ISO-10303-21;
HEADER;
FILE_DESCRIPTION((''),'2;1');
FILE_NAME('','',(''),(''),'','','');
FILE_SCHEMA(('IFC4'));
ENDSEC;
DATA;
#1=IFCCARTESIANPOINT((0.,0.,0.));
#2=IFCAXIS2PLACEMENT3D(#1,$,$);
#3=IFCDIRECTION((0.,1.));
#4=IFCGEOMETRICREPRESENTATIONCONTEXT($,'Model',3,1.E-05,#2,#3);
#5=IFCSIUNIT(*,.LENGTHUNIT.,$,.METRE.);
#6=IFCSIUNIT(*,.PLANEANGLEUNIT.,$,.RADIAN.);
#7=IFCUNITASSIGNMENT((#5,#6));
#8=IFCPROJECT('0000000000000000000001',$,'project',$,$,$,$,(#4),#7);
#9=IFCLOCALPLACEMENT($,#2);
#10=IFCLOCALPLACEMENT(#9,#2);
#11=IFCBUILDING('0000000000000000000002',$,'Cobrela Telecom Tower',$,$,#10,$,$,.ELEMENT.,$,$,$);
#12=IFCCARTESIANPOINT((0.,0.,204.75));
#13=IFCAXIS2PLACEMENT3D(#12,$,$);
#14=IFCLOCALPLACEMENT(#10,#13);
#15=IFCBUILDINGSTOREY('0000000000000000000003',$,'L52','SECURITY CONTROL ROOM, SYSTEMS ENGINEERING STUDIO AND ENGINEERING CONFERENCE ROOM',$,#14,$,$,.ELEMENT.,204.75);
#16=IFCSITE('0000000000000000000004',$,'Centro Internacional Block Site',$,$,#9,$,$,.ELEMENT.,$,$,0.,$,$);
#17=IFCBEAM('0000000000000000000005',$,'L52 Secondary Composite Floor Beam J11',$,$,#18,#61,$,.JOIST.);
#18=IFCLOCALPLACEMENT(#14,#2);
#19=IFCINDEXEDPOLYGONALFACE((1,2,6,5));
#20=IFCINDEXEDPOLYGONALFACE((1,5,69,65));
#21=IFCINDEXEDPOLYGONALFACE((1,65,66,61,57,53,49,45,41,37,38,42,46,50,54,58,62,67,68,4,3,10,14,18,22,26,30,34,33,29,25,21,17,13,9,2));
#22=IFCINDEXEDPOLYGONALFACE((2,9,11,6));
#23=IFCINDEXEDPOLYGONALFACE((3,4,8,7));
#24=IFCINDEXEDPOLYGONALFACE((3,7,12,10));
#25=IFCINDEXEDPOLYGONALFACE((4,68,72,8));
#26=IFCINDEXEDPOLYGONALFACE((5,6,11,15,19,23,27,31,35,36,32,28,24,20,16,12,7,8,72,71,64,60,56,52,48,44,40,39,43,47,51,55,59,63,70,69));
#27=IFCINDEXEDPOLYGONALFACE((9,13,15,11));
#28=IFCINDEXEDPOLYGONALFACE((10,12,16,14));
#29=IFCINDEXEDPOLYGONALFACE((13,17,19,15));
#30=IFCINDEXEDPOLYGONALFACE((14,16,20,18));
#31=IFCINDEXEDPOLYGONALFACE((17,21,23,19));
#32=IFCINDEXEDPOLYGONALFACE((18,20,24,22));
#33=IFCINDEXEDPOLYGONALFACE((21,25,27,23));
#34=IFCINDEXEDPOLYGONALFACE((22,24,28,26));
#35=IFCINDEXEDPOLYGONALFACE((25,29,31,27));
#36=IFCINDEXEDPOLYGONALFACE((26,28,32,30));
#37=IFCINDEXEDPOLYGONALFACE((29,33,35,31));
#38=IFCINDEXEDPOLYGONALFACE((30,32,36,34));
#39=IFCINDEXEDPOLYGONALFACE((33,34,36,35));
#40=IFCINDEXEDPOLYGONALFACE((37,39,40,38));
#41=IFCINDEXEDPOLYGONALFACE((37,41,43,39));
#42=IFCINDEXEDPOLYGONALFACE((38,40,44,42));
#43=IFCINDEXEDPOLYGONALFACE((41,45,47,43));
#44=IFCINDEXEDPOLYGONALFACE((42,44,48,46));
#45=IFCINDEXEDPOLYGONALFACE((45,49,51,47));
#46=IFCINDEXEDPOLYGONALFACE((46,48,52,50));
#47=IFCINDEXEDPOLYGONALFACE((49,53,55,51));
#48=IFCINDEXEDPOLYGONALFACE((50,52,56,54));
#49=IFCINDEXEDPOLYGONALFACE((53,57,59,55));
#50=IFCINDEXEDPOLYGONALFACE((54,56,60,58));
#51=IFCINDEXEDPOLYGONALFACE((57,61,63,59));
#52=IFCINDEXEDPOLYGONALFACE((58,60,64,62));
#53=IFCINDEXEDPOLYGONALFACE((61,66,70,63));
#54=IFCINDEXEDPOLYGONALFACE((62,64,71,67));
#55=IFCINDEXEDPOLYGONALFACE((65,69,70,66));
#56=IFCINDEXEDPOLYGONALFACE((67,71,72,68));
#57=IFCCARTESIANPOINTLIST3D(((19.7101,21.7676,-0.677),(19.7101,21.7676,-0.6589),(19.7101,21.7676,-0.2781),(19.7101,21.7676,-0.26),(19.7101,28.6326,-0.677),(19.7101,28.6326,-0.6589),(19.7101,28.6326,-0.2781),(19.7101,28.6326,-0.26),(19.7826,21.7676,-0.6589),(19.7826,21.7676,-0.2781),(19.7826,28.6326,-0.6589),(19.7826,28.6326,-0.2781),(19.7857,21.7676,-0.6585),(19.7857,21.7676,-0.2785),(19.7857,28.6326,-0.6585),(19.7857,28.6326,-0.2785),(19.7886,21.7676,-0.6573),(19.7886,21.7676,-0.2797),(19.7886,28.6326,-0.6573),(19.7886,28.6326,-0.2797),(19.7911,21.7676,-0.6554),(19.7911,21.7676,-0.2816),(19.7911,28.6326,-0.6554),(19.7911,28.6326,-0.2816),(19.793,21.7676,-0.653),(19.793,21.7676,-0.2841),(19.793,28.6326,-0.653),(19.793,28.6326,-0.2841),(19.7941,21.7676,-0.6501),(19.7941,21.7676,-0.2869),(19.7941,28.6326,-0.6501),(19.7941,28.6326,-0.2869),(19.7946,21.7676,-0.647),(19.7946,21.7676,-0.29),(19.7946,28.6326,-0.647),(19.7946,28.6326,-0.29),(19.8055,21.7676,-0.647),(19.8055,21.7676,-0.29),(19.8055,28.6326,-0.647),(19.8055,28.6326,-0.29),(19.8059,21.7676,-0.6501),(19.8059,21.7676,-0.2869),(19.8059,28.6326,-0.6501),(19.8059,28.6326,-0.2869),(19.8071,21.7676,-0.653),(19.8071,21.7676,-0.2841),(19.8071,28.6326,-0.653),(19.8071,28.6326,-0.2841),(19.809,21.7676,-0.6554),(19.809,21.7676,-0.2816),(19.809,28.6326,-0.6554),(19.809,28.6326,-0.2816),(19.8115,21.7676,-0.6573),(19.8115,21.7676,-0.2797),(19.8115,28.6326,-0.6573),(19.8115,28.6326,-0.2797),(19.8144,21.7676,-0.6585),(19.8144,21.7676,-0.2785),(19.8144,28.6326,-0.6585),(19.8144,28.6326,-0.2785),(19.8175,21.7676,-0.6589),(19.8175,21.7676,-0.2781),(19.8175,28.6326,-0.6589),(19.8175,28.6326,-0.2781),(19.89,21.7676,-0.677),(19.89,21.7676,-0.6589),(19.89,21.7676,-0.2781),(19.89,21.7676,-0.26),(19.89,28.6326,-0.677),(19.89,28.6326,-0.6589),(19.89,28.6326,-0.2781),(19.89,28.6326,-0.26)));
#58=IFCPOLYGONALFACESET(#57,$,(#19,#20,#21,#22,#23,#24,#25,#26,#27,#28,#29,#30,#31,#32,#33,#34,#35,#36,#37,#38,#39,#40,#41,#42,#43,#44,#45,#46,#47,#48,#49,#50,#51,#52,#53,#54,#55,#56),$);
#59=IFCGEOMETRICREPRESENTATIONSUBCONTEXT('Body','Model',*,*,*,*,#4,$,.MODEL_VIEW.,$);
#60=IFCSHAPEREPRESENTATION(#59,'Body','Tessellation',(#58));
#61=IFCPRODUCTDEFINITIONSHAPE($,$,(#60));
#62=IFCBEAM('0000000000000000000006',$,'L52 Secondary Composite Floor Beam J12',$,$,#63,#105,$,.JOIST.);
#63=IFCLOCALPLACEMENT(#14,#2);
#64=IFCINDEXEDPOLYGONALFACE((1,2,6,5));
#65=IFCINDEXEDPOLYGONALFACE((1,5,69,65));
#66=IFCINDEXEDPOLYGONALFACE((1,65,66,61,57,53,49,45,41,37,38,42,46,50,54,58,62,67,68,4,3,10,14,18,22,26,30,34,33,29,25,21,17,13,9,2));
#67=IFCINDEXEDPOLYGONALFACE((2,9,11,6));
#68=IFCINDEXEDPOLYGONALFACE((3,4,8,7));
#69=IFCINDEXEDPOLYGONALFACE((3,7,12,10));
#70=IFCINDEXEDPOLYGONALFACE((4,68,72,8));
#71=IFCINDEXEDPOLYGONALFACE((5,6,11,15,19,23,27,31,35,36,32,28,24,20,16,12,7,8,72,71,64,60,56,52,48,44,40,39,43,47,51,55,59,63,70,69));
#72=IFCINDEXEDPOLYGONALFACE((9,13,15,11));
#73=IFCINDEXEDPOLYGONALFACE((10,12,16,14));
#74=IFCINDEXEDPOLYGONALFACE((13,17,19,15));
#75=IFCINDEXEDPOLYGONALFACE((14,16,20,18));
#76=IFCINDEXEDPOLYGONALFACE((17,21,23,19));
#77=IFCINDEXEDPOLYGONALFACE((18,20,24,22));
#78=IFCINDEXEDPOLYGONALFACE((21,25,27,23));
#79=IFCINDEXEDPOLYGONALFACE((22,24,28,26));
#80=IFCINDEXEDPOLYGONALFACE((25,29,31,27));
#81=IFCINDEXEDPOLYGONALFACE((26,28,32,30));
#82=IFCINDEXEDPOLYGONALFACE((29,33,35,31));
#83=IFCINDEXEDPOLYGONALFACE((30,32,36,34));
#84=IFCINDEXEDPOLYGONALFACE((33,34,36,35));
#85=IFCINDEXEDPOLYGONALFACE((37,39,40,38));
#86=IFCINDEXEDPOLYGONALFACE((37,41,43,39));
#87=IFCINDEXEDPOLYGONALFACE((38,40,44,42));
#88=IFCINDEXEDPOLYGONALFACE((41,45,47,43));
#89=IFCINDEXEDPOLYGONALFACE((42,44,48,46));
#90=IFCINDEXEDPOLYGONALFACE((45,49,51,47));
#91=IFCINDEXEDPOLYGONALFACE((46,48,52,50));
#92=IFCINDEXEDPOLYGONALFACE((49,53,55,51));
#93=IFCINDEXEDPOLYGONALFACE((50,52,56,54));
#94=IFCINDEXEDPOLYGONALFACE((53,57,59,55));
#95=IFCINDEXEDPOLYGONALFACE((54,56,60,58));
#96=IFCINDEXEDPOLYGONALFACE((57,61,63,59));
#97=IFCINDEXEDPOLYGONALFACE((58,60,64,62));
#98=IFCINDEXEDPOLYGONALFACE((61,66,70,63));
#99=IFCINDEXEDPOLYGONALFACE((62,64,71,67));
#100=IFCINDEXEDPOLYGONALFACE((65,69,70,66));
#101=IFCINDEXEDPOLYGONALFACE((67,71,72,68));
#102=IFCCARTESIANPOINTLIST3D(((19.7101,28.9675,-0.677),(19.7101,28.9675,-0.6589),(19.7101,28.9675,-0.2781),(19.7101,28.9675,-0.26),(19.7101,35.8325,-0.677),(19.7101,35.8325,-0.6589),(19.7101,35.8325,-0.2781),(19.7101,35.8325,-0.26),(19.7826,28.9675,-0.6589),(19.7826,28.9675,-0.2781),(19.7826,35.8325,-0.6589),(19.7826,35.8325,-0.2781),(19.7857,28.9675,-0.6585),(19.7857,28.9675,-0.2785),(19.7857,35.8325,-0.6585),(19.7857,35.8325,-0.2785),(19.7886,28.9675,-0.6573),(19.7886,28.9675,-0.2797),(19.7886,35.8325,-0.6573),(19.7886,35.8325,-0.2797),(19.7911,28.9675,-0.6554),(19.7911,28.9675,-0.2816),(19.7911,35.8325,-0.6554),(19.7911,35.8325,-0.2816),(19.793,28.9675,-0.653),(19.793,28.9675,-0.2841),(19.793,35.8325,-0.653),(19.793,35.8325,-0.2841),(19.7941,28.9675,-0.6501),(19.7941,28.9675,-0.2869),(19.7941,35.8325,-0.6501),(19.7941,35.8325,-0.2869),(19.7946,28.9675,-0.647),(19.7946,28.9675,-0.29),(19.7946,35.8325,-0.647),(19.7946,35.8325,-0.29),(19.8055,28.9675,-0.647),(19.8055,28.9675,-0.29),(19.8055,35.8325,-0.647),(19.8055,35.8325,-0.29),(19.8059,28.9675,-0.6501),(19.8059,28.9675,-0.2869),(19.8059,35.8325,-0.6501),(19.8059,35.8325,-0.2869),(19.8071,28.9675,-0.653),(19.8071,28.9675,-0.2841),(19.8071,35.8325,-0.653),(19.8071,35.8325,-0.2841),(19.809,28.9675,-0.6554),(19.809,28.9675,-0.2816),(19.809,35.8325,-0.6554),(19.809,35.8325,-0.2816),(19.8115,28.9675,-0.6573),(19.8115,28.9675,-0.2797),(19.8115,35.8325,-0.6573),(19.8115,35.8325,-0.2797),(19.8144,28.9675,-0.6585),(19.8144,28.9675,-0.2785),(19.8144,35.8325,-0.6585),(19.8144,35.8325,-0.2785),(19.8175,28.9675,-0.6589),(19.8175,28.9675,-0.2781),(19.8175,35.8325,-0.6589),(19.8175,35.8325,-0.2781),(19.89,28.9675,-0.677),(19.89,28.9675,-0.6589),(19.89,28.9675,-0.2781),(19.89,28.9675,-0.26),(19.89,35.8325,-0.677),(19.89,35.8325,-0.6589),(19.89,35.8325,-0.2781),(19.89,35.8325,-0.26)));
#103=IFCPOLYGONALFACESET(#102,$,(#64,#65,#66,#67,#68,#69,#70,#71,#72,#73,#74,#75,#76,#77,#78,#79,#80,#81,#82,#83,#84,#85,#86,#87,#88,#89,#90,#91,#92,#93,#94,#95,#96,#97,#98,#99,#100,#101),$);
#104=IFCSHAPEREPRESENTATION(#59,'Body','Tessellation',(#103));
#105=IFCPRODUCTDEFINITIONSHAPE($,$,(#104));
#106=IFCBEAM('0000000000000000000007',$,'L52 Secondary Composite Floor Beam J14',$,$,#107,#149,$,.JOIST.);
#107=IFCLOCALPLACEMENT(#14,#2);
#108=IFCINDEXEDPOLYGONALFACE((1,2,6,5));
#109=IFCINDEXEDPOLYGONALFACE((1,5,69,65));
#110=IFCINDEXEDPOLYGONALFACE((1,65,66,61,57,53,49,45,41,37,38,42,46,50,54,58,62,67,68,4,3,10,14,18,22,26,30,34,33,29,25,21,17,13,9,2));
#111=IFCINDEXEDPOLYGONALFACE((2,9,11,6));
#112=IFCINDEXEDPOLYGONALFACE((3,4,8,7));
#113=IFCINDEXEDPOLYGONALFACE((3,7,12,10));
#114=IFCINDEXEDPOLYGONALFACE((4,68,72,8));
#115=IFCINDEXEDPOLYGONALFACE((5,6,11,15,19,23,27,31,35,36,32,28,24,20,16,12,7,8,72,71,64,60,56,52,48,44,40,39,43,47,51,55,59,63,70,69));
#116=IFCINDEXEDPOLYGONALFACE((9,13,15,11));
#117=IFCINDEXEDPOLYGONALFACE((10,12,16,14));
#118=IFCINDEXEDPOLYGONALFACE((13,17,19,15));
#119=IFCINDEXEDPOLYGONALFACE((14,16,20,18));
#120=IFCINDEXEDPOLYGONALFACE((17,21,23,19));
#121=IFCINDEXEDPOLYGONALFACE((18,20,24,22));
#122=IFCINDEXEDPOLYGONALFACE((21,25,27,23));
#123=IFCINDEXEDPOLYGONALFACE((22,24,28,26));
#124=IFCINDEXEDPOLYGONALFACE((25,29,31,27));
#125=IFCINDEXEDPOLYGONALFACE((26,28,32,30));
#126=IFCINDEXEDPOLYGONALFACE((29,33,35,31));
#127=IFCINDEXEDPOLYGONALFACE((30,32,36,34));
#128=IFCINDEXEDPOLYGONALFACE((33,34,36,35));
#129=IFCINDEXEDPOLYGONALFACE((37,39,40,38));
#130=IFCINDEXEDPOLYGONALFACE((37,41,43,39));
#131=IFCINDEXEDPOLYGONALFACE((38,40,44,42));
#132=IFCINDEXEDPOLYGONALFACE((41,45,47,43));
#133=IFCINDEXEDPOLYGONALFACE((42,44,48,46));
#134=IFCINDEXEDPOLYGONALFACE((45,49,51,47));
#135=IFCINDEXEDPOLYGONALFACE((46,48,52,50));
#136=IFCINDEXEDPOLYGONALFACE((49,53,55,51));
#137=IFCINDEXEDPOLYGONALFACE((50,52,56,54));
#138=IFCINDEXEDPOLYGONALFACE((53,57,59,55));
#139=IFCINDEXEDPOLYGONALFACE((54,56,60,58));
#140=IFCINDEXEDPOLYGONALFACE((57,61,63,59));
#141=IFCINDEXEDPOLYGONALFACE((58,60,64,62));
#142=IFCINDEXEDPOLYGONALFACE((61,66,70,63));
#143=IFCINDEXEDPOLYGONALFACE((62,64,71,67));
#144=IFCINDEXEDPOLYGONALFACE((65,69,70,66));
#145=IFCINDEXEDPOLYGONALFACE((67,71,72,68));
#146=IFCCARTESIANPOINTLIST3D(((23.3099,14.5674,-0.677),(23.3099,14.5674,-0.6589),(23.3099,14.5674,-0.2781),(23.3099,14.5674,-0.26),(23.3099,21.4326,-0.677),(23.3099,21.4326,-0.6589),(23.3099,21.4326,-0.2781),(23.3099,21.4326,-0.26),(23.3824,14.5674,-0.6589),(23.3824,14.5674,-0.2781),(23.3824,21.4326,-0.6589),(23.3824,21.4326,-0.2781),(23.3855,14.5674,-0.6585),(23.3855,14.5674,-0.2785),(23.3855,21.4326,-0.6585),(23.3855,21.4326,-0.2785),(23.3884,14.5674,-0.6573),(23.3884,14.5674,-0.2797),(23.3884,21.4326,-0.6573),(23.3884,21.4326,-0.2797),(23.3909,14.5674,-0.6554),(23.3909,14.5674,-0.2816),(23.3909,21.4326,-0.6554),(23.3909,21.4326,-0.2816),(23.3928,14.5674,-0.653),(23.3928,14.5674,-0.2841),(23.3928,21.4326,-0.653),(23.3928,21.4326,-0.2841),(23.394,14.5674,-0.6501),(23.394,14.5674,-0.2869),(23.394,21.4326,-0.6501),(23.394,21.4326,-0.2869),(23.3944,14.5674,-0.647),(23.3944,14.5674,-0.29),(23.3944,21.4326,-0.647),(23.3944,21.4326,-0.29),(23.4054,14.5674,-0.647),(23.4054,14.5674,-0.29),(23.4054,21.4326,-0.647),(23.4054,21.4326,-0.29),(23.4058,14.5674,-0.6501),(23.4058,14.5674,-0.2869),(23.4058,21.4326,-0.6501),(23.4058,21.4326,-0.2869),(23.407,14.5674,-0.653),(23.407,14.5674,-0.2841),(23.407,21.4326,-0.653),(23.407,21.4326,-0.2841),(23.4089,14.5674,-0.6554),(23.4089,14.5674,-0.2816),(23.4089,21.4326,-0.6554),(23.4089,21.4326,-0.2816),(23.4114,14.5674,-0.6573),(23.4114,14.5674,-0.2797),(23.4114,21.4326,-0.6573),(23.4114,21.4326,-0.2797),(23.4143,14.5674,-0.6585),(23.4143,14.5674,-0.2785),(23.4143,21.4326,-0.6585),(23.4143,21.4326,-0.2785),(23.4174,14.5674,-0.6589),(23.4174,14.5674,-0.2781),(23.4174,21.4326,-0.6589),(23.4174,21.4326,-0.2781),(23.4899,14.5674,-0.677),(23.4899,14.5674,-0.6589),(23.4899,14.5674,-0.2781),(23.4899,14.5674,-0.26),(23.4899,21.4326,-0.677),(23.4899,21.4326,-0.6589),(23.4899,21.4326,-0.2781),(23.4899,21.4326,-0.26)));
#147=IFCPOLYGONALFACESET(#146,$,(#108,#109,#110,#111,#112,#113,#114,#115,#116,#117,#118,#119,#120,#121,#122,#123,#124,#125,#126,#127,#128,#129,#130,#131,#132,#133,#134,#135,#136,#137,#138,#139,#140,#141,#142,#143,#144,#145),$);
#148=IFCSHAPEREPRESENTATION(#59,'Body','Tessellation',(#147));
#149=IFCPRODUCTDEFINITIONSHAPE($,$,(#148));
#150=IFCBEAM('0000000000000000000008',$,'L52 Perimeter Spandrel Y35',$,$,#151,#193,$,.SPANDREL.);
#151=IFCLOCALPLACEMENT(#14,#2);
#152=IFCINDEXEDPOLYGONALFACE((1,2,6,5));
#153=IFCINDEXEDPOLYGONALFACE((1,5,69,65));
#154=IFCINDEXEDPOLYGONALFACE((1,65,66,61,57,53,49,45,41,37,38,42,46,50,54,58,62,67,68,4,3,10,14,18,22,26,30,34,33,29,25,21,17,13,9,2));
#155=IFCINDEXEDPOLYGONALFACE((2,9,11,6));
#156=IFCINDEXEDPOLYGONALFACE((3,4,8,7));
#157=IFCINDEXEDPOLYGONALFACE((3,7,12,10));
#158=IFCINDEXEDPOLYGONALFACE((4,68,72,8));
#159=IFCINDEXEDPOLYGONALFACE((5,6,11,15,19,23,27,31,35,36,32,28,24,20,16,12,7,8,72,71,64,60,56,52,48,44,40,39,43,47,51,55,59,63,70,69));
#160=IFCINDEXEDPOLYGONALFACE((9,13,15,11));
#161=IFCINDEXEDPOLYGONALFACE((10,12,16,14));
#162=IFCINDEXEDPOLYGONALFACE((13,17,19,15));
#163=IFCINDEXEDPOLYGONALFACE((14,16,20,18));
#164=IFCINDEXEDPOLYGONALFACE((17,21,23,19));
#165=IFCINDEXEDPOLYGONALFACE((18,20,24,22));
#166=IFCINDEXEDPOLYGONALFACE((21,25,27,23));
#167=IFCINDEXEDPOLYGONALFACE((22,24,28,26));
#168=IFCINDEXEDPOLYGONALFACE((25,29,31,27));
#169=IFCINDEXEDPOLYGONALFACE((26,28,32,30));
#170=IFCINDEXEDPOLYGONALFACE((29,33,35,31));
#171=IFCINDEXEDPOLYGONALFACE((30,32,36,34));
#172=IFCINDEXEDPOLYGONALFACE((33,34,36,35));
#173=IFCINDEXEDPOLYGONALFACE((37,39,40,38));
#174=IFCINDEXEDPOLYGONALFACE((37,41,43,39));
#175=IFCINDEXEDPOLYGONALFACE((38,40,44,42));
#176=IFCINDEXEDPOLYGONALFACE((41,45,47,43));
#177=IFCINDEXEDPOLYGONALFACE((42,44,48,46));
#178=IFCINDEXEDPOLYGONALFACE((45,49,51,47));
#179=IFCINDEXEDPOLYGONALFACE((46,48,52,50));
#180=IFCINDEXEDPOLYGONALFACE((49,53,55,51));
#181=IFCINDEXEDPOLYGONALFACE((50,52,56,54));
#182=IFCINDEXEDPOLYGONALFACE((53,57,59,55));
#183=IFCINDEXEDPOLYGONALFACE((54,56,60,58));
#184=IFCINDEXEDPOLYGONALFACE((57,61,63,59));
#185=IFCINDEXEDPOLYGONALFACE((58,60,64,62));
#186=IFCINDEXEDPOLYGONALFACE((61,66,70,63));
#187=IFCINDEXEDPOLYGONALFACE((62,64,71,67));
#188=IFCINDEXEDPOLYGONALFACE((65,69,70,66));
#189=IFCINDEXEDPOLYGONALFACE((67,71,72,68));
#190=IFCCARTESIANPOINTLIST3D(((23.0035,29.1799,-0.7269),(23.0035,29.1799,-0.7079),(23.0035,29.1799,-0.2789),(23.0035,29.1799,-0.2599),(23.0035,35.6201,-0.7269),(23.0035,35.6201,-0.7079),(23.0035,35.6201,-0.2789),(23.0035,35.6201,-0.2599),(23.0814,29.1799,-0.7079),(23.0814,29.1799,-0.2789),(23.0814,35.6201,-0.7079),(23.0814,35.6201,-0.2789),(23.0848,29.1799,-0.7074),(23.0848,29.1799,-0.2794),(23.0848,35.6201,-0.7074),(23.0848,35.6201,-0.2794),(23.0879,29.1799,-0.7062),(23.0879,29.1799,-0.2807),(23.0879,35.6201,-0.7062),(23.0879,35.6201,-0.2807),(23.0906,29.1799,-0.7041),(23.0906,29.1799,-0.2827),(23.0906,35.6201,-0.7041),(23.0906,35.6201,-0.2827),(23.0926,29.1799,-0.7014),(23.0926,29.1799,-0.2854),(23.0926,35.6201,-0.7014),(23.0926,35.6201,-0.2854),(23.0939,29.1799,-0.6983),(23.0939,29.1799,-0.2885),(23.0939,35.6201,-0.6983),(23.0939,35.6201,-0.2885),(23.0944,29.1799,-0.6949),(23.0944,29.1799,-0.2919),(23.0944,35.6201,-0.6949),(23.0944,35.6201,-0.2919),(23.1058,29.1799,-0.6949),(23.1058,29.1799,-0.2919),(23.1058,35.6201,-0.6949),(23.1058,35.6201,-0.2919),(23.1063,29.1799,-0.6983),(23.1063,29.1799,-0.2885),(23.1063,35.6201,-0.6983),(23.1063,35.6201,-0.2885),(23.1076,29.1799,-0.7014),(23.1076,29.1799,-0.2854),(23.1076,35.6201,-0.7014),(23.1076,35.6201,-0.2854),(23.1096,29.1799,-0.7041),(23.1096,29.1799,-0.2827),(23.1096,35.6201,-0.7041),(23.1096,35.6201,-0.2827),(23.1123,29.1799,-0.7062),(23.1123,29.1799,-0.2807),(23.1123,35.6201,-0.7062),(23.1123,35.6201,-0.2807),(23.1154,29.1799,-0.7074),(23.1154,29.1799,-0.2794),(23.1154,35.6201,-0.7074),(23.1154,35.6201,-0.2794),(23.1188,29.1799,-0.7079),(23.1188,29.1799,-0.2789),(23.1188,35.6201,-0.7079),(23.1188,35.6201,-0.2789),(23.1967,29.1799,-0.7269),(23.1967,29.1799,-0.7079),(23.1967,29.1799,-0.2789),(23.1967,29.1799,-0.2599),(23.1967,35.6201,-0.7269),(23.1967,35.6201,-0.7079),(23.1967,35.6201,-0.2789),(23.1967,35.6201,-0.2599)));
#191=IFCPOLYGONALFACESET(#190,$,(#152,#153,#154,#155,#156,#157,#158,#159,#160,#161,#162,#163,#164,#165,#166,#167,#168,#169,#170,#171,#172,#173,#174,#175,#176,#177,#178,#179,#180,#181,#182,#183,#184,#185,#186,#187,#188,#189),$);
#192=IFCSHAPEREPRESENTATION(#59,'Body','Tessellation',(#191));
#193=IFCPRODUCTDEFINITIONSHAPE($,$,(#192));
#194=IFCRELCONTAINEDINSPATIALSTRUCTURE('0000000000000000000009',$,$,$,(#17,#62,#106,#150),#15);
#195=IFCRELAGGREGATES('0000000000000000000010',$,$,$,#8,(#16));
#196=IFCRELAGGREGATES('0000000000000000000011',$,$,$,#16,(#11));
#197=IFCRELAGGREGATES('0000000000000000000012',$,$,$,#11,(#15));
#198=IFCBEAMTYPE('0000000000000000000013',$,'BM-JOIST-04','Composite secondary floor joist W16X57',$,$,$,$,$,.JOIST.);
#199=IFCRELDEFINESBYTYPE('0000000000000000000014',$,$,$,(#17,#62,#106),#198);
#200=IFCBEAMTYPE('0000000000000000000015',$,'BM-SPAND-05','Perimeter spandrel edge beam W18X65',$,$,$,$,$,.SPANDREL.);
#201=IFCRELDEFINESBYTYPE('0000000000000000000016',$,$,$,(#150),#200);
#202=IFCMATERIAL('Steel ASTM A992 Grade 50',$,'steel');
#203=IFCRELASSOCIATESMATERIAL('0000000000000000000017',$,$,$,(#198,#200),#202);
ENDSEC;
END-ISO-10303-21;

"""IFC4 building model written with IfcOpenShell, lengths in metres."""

from ifc_helpers import new_model, si_unit, direction, frame, origin, origin_2d, place, context, subcontext, project, spatial, i_section, extrude, material, material_profile, profile_set, type_object, element, save


model = new_model("IFC4")

# Units and contexts
model_context = context("Model", 3, precision=1e-05, world=origin(), true_north=direction((0.0, 1.0)))
body_context = subcontext(model_context, "Body", "Model", "MODEL_VIEW")
ifc_project = project(units=[si_unit("LENGTHUNIT", "METRE"), si_unit("PLANEANGLEUNIT", "RADIAN")], contexts=[model_context])

# Site, building, storey
site_placement = place(None, origin())
site = spatial("IfcSite", under=ifc_project, at=site_placement, Name="Centro Internacional Block Site", CompositionType="ELEMENT", RefElevation=0.0)
building_placement = place(site_placement, origin())
building = spatial("IfcBuilding", under=site, at=building_placement, Name="Cobrela Telecom Tower", CompositionType="ELEMENT")
storey_placement = place(building_placement, frame((0.0, 0.0, 204.75)))
storey = spatial("IfcBuildingStorey", under=building, at=storey_placement, Name="L52", Description="SECURITY CONTROL ROOM, SYSTEMS ENGINEERING STUDIO AND ENGINEERING CONFERENCE ROOM", CompositionType="ELEMENT", Elevation=204.75)

# Shared definitions
ifc_material_1 = material(Name="Steel ASTM A992 Grade 50", Category="steel")

# Beams
ifc_material_profile_1 = material_profile(ifc_material_1, i_section(OverallWidth=0.1799, OverallDepth=0.417, WebThickness=0.011, FlangeThickness=0.0181, FilletRadius=0.012, at=origin_2d()), Name="W16X57")
ifc_profile_set_1 = profile_set([ifc_material_profile_1], Name="Steel ASTM A992 Grade 50")
beam_type_1 = type_object("IfcBeamType", Name="BM-JOIST-04", Description="Composite secondary floor joist W16X57", PredefinedType="JOIST", material=ifc_profile_set_1)
for number, where, z_axis, x_axis, name in (
    (1, (19.8, 21.7676, -0.4685), (0.0, 1.0, 0.0), (-1.0, 0.0, 0.0), "L52 Secondary Composite Floor Beam J11"),
    (2, (19.8, 28.9675, -0.4685), (0.0, 1.0, 0.0), (-1.0, 0.0, 0.0), "L52 Secondary Composite Floor Beam J12"),
):
    element("IfcBeam", number, at=place(storey_placement, frame(where, z_axis=z_axis, x_axis=x_axis)), inside=storey, type_object=beam_type_1, Name=name, PredefinedType="JOIST", context=body_context, shape_type="SweptSolid", body=[
        extrude(i_section(OverallWidth=0.1799, OverallDepth=0.417, WebThickness=0.011, FlangeThickness=0.0181, FilletRadius=0.012, at=origin_2d()), origin(), (0.0, 0.0, 1.0), 6.865),
    ])
beam_1_placement = place(storey_placement, frame((23.3999, 14.5674, -0.4685), z_axis=(0.0, 1.0, 0.0), x_axis=(-1.0, 0.0, 0.0)))
element("IfcBeam", 3, at=beam_1_placement, inside=storey, type_object=beam_type_1, Name="L52 Secondary Composite Floor Beam J14", PredefinedType="JOIST", context=body_context, shape_type="SweptSolid", body=[
    extrude(i_section(OverallWidth=0.1799, OverallDepth=0.417, WebThickness=0.011, FlangeThickness=0.0181, FilletRadius=0.012, at=origin_2d()), origin(), (0.0, 0.0, 1.0), 6.8652),
])
ifc_material_profile_2 = material_profile(ifc_material_1, i_section(OverallWidth=0.1931, OverallDepth=0.467, WebThickness=0.0115, FlangeThickness=0.019, FilletRadius=0.0129, at=origin_2d()), Name="W18X65")
ifc_profile_set_2 = profile_set([ifc_material_profile_2], Name="Steel ASTM A992 Grade 50")
beam_type_2 = type_object("IfcBeamType", Name="BM-SPAND-05", Description="Perimeter spandrel edge beam W18X65", PredefinedType="SPANDREL", material=ifc_profile_set_2)
beam_2_placement = place(storey_placement, frame((23.1001, 29.1799, -0.4934), z_axis=(0.0, 1.0, 0.0), x_axis=(-1.0, 0.0, 0.0)))
element("IfcBeam", 4, at=beam_2_placement, inside=storey, type_object=beam_type_2, Name="L52 Perimeter Spandrel Y35", PredefinedType="SPANDREL", context=body_context, shape_type="SweptSolid", body=[
    extrude(i_section(OverallWidth=0.1931, OverallDepth=0.467, WebThickness=0.0115, FlangeThickness=0.019, FilletRadius=0.0129, at=origin_2d()), origin(), (0.0, 0.0, 1.0), 6.4402),
])

save(model, "model.ifc")
